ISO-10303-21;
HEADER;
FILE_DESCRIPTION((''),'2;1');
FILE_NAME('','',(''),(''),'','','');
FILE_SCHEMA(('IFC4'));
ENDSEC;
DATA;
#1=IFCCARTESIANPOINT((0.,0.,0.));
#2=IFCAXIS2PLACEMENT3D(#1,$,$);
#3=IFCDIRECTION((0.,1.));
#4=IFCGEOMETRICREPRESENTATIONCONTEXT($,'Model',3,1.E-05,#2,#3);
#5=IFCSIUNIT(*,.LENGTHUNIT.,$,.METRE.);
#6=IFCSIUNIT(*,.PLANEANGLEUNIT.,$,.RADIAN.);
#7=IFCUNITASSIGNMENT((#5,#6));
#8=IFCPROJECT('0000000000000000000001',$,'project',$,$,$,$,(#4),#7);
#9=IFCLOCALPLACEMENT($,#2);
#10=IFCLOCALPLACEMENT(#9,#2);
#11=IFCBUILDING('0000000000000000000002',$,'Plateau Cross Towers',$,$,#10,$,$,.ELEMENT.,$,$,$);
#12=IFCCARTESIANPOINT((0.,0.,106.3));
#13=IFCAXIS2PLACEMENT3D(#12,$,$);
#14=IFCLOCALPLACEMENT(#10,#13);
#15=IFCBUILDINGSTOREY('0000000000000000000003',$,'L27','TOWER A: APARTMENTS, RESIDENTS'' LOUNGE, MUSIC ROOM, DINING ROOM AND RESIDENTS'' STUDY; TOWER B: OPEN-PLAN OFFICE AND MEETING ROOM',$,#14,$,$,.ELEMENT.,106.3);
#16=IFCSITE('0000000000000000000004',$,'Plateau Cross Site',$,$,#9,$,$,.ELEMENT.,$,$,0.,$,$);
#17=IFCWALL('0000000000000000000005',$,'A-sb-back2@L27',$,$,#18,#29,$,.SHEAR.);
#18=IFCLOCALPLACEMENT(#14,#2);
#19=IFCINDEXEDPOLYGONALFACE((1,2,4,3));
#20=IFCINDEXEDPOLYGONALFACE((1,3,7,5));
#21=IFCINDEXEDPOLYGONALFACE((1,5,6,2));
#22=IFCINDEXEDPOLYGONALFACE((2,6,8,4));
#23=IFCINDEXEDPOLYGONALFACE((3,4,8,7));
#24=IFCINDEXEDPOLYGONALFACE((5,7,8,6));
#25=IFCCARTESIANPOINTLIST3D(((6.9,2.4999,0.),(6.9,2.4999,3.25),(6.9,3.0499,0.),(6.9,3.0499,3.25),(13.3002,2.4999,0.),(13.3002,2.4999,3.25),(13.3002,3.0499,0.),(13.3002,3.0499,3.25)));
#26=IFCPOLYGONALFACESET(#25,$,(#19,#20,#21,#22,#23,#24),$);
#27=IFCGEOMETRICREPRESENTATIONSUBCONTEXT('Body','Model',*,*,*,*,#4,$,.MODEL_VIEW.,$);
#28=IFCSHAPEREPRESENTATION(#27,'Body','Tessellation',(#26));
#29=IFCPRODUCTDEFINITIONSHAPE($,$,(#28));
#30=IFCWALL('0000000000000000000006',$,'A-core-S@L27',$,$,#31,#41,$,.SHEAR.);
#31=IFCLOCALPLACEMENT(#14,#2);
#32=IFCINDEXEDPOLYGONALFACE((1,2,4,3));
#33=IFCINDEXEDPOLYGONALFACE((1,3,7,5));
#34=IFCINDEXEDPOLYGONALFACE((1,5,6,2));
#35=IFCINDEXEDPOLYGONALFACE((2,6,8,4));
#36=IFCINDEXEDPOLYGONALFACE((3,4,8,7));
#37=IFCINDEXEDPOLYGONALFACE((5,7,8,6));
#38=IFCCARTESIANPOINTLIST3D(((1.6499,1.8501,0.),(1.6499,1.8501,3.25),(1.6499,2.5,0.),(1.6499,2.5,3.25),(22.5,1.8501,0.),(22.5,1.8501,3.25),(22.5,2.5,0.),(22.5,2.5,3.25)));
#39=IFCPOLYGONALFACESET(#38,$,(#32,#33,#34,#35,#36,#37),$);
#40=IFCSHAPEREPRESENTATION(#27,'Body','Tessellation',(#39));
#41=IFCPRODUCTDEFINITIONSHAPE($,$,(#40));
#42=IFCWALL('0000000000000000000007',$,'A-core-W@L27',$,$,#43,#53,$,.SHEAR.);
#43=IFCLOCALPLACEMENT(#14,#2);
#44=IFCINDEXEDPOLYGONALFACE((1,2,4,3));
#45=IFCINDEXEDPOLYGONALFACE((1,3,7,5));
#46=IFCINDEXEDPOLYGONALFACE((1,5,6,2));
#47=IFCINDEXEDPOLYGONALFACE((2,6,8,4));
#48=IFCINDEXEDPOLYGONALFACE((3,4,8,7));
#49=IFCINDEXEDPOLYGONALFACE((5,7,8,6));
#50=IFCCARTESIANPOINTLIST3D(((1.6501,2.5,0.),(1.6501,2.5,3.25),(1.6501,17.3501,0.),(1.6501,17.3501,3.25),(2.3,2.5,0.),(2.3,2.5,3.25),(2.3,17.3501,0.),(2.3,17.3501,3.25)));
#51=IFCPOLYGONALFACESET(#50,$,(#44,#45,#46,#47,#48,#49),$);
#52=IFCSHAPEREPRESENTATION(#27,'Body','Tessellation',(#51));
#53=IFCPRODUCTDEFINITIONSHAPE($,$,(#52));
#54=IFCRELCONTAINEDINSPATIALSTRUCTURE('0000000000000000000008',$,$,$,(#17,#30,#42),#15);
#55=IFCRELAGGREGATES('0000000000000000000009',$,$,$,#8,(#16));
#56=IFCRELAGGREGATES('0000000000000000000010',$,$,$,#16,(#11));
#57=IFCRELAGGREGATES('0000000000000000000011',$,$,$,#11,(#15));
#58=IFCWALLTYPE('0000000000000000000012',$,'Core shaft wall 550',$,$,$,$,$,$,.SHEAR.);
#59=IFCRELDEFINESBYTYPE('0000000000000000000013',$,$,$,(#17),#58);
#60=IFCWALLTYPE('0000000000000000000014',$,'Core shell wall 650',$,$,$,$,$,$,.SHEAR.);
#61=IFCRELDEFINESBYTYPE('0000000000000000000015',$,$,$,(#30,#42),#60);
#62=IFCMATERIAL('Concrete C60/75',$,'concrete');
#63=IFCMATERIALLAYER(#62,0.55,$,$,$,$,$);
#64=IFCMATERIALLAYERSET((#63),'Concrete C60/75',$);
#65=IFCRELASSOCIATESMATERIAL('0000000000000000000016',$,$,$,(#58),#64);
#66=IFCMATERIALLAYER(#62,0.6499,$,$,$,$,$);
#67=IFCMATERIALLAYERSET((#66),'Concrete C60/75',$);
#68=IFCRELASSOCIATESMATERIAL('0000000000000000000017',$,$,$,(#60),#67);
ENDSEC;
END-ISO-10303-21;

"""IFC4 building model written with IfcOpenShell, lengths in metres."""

from ifc_helpers import new_model, si_unit, direction, frame, frame_2d, origin, place, context, subcontext, project, spatial, rectangle, extrude, material, layer, layer_set, type_object, element, save


model = new_model("IFC4")

# Units and contexts
model_context = context("Model", 3, precision=1e-05, world=origin(), true_north=direction((0.0, 1.0)))
body_context = subcontext(model_context, "Body", "Model", "MODEL_VIEW")
ifc_project = project(units=[si_unit("LENGTHUNIT", "METRE"), si_unit("PLANEANGLEUNIT", "RADIAN")], contexts=[model_context])

# Site, building, storey
site_placement = place(None, origin())
site = spatial("IfcSite", under=ifc_project, at=site_placement, Name="Plateau Cross Site", CompositionType="ELEMENT", RefElevation=0.0)
building_placement = place(site_placement, origin())
building = spatial("IfcBuilding", under=site, at=building_placement, Name="Plateau Cross Towers", CompositionType="ELEMENT")
storey_placement = place(building_placement, frame((0.0, 0.0, 106.3)))
storey = spatial("IfcBuildingStorey", under=building, at=storey_placement, Name="L27", Description="TOWER A: APARTMENTS, RESIDENTS' LOUNGE, MUSIC ROOM, DINING ROOM AND RESIDENTS' STUDY; TOWER B: OPEN-PLAN OFFICE AND MEETING ROOM", CompositionType="ELEMENT", Elevation=106.3)

# Shared definitions
ifc_material_1 = material(Name="Concrete C60/75", Category="concrete")

# Walls
ifc_layer_1 = layer(ifc_material_1, 0.55)
ifc_layer_set_1 = layer_set([ifc_layer_1], Name="Concrete C60/75")
wall_type_1 = type_object("IfcWallType", Name="Core shaft wall 550", PredefinedType="SHEAR", material=ifc_layer_set_1)
wall_1_placement = place(storey_placement, frame((6.8999, 2.7749, 0.0), z_axis=(0.0, 0.0, 1.0), x_axis=(1.0, 0.0, 0.0)))
element("IfcWall", 1, at=wall_1_placement, inside=storey, type_object=wall_type_1, Name="A-sb-back2@L27", PredefinedType="SHEAR", context=body_context, shape_type="SweptSolid", body=[
    extrude(rectangle(XDim=6.4001, YDim=0.55, at=frame_2d((3.2002, 0.0))), origin(), (0.0, 0.0, 1.0), 3.25),
])
ifc_layer_2 = layer(ifc_material_1, 0.6499)
ifc_layer_set_2 = layer_set([ifc_layer_2], Name="Concrete C60/75")
wall_type_2 = type_object("IfcWallType", Name="Core shell wall 650", PredefinedType="SHEAR", material=ifc_layer_set_2)
wall_2_placement = place(storey_placement, frame((1.6499, 2.175, 0.0), z_axis=(0.0, 0.0, 1.0), x_axis=(1.0, 0.0, 0.0)))
element("IfcWall", 2, at=wall_2_placement, inside=storey, type_object=wall_type_2, Name="A-core-S@L27", PredefinedType="SHEAR", context=body_context, shape_type="SweptSolid", body=[
    extrude(rectangle(XDim=20.8501, YDim=0.6499, at=frame_2d((10.425, 0.0))), origin(), (0.0, 0.0, 1.0), 3.25),
])
wall_3_placement = place(storey_placement, frame((1.9751, 2.5, 0.0), z_axis=(0.0, 0.0, 1.0), x_axis=(0.0, 1.0, 0.0)))
element("IfcWall", 3, at=wall_3_placement, inside=storey, type_object=wall_type_2, Name="A-core-W@L27", PredefinedType="SHEAR", context=body_context, shape_type="SweptSolid", body=[
    extrude(rectangle(XDim=14.8501, YDim=0.6499, at=frame_2d((7.425, 0.0))), origin(), (0.0, 0.0, 1.0), 3.25),
])

save(model, "model.ifc")
